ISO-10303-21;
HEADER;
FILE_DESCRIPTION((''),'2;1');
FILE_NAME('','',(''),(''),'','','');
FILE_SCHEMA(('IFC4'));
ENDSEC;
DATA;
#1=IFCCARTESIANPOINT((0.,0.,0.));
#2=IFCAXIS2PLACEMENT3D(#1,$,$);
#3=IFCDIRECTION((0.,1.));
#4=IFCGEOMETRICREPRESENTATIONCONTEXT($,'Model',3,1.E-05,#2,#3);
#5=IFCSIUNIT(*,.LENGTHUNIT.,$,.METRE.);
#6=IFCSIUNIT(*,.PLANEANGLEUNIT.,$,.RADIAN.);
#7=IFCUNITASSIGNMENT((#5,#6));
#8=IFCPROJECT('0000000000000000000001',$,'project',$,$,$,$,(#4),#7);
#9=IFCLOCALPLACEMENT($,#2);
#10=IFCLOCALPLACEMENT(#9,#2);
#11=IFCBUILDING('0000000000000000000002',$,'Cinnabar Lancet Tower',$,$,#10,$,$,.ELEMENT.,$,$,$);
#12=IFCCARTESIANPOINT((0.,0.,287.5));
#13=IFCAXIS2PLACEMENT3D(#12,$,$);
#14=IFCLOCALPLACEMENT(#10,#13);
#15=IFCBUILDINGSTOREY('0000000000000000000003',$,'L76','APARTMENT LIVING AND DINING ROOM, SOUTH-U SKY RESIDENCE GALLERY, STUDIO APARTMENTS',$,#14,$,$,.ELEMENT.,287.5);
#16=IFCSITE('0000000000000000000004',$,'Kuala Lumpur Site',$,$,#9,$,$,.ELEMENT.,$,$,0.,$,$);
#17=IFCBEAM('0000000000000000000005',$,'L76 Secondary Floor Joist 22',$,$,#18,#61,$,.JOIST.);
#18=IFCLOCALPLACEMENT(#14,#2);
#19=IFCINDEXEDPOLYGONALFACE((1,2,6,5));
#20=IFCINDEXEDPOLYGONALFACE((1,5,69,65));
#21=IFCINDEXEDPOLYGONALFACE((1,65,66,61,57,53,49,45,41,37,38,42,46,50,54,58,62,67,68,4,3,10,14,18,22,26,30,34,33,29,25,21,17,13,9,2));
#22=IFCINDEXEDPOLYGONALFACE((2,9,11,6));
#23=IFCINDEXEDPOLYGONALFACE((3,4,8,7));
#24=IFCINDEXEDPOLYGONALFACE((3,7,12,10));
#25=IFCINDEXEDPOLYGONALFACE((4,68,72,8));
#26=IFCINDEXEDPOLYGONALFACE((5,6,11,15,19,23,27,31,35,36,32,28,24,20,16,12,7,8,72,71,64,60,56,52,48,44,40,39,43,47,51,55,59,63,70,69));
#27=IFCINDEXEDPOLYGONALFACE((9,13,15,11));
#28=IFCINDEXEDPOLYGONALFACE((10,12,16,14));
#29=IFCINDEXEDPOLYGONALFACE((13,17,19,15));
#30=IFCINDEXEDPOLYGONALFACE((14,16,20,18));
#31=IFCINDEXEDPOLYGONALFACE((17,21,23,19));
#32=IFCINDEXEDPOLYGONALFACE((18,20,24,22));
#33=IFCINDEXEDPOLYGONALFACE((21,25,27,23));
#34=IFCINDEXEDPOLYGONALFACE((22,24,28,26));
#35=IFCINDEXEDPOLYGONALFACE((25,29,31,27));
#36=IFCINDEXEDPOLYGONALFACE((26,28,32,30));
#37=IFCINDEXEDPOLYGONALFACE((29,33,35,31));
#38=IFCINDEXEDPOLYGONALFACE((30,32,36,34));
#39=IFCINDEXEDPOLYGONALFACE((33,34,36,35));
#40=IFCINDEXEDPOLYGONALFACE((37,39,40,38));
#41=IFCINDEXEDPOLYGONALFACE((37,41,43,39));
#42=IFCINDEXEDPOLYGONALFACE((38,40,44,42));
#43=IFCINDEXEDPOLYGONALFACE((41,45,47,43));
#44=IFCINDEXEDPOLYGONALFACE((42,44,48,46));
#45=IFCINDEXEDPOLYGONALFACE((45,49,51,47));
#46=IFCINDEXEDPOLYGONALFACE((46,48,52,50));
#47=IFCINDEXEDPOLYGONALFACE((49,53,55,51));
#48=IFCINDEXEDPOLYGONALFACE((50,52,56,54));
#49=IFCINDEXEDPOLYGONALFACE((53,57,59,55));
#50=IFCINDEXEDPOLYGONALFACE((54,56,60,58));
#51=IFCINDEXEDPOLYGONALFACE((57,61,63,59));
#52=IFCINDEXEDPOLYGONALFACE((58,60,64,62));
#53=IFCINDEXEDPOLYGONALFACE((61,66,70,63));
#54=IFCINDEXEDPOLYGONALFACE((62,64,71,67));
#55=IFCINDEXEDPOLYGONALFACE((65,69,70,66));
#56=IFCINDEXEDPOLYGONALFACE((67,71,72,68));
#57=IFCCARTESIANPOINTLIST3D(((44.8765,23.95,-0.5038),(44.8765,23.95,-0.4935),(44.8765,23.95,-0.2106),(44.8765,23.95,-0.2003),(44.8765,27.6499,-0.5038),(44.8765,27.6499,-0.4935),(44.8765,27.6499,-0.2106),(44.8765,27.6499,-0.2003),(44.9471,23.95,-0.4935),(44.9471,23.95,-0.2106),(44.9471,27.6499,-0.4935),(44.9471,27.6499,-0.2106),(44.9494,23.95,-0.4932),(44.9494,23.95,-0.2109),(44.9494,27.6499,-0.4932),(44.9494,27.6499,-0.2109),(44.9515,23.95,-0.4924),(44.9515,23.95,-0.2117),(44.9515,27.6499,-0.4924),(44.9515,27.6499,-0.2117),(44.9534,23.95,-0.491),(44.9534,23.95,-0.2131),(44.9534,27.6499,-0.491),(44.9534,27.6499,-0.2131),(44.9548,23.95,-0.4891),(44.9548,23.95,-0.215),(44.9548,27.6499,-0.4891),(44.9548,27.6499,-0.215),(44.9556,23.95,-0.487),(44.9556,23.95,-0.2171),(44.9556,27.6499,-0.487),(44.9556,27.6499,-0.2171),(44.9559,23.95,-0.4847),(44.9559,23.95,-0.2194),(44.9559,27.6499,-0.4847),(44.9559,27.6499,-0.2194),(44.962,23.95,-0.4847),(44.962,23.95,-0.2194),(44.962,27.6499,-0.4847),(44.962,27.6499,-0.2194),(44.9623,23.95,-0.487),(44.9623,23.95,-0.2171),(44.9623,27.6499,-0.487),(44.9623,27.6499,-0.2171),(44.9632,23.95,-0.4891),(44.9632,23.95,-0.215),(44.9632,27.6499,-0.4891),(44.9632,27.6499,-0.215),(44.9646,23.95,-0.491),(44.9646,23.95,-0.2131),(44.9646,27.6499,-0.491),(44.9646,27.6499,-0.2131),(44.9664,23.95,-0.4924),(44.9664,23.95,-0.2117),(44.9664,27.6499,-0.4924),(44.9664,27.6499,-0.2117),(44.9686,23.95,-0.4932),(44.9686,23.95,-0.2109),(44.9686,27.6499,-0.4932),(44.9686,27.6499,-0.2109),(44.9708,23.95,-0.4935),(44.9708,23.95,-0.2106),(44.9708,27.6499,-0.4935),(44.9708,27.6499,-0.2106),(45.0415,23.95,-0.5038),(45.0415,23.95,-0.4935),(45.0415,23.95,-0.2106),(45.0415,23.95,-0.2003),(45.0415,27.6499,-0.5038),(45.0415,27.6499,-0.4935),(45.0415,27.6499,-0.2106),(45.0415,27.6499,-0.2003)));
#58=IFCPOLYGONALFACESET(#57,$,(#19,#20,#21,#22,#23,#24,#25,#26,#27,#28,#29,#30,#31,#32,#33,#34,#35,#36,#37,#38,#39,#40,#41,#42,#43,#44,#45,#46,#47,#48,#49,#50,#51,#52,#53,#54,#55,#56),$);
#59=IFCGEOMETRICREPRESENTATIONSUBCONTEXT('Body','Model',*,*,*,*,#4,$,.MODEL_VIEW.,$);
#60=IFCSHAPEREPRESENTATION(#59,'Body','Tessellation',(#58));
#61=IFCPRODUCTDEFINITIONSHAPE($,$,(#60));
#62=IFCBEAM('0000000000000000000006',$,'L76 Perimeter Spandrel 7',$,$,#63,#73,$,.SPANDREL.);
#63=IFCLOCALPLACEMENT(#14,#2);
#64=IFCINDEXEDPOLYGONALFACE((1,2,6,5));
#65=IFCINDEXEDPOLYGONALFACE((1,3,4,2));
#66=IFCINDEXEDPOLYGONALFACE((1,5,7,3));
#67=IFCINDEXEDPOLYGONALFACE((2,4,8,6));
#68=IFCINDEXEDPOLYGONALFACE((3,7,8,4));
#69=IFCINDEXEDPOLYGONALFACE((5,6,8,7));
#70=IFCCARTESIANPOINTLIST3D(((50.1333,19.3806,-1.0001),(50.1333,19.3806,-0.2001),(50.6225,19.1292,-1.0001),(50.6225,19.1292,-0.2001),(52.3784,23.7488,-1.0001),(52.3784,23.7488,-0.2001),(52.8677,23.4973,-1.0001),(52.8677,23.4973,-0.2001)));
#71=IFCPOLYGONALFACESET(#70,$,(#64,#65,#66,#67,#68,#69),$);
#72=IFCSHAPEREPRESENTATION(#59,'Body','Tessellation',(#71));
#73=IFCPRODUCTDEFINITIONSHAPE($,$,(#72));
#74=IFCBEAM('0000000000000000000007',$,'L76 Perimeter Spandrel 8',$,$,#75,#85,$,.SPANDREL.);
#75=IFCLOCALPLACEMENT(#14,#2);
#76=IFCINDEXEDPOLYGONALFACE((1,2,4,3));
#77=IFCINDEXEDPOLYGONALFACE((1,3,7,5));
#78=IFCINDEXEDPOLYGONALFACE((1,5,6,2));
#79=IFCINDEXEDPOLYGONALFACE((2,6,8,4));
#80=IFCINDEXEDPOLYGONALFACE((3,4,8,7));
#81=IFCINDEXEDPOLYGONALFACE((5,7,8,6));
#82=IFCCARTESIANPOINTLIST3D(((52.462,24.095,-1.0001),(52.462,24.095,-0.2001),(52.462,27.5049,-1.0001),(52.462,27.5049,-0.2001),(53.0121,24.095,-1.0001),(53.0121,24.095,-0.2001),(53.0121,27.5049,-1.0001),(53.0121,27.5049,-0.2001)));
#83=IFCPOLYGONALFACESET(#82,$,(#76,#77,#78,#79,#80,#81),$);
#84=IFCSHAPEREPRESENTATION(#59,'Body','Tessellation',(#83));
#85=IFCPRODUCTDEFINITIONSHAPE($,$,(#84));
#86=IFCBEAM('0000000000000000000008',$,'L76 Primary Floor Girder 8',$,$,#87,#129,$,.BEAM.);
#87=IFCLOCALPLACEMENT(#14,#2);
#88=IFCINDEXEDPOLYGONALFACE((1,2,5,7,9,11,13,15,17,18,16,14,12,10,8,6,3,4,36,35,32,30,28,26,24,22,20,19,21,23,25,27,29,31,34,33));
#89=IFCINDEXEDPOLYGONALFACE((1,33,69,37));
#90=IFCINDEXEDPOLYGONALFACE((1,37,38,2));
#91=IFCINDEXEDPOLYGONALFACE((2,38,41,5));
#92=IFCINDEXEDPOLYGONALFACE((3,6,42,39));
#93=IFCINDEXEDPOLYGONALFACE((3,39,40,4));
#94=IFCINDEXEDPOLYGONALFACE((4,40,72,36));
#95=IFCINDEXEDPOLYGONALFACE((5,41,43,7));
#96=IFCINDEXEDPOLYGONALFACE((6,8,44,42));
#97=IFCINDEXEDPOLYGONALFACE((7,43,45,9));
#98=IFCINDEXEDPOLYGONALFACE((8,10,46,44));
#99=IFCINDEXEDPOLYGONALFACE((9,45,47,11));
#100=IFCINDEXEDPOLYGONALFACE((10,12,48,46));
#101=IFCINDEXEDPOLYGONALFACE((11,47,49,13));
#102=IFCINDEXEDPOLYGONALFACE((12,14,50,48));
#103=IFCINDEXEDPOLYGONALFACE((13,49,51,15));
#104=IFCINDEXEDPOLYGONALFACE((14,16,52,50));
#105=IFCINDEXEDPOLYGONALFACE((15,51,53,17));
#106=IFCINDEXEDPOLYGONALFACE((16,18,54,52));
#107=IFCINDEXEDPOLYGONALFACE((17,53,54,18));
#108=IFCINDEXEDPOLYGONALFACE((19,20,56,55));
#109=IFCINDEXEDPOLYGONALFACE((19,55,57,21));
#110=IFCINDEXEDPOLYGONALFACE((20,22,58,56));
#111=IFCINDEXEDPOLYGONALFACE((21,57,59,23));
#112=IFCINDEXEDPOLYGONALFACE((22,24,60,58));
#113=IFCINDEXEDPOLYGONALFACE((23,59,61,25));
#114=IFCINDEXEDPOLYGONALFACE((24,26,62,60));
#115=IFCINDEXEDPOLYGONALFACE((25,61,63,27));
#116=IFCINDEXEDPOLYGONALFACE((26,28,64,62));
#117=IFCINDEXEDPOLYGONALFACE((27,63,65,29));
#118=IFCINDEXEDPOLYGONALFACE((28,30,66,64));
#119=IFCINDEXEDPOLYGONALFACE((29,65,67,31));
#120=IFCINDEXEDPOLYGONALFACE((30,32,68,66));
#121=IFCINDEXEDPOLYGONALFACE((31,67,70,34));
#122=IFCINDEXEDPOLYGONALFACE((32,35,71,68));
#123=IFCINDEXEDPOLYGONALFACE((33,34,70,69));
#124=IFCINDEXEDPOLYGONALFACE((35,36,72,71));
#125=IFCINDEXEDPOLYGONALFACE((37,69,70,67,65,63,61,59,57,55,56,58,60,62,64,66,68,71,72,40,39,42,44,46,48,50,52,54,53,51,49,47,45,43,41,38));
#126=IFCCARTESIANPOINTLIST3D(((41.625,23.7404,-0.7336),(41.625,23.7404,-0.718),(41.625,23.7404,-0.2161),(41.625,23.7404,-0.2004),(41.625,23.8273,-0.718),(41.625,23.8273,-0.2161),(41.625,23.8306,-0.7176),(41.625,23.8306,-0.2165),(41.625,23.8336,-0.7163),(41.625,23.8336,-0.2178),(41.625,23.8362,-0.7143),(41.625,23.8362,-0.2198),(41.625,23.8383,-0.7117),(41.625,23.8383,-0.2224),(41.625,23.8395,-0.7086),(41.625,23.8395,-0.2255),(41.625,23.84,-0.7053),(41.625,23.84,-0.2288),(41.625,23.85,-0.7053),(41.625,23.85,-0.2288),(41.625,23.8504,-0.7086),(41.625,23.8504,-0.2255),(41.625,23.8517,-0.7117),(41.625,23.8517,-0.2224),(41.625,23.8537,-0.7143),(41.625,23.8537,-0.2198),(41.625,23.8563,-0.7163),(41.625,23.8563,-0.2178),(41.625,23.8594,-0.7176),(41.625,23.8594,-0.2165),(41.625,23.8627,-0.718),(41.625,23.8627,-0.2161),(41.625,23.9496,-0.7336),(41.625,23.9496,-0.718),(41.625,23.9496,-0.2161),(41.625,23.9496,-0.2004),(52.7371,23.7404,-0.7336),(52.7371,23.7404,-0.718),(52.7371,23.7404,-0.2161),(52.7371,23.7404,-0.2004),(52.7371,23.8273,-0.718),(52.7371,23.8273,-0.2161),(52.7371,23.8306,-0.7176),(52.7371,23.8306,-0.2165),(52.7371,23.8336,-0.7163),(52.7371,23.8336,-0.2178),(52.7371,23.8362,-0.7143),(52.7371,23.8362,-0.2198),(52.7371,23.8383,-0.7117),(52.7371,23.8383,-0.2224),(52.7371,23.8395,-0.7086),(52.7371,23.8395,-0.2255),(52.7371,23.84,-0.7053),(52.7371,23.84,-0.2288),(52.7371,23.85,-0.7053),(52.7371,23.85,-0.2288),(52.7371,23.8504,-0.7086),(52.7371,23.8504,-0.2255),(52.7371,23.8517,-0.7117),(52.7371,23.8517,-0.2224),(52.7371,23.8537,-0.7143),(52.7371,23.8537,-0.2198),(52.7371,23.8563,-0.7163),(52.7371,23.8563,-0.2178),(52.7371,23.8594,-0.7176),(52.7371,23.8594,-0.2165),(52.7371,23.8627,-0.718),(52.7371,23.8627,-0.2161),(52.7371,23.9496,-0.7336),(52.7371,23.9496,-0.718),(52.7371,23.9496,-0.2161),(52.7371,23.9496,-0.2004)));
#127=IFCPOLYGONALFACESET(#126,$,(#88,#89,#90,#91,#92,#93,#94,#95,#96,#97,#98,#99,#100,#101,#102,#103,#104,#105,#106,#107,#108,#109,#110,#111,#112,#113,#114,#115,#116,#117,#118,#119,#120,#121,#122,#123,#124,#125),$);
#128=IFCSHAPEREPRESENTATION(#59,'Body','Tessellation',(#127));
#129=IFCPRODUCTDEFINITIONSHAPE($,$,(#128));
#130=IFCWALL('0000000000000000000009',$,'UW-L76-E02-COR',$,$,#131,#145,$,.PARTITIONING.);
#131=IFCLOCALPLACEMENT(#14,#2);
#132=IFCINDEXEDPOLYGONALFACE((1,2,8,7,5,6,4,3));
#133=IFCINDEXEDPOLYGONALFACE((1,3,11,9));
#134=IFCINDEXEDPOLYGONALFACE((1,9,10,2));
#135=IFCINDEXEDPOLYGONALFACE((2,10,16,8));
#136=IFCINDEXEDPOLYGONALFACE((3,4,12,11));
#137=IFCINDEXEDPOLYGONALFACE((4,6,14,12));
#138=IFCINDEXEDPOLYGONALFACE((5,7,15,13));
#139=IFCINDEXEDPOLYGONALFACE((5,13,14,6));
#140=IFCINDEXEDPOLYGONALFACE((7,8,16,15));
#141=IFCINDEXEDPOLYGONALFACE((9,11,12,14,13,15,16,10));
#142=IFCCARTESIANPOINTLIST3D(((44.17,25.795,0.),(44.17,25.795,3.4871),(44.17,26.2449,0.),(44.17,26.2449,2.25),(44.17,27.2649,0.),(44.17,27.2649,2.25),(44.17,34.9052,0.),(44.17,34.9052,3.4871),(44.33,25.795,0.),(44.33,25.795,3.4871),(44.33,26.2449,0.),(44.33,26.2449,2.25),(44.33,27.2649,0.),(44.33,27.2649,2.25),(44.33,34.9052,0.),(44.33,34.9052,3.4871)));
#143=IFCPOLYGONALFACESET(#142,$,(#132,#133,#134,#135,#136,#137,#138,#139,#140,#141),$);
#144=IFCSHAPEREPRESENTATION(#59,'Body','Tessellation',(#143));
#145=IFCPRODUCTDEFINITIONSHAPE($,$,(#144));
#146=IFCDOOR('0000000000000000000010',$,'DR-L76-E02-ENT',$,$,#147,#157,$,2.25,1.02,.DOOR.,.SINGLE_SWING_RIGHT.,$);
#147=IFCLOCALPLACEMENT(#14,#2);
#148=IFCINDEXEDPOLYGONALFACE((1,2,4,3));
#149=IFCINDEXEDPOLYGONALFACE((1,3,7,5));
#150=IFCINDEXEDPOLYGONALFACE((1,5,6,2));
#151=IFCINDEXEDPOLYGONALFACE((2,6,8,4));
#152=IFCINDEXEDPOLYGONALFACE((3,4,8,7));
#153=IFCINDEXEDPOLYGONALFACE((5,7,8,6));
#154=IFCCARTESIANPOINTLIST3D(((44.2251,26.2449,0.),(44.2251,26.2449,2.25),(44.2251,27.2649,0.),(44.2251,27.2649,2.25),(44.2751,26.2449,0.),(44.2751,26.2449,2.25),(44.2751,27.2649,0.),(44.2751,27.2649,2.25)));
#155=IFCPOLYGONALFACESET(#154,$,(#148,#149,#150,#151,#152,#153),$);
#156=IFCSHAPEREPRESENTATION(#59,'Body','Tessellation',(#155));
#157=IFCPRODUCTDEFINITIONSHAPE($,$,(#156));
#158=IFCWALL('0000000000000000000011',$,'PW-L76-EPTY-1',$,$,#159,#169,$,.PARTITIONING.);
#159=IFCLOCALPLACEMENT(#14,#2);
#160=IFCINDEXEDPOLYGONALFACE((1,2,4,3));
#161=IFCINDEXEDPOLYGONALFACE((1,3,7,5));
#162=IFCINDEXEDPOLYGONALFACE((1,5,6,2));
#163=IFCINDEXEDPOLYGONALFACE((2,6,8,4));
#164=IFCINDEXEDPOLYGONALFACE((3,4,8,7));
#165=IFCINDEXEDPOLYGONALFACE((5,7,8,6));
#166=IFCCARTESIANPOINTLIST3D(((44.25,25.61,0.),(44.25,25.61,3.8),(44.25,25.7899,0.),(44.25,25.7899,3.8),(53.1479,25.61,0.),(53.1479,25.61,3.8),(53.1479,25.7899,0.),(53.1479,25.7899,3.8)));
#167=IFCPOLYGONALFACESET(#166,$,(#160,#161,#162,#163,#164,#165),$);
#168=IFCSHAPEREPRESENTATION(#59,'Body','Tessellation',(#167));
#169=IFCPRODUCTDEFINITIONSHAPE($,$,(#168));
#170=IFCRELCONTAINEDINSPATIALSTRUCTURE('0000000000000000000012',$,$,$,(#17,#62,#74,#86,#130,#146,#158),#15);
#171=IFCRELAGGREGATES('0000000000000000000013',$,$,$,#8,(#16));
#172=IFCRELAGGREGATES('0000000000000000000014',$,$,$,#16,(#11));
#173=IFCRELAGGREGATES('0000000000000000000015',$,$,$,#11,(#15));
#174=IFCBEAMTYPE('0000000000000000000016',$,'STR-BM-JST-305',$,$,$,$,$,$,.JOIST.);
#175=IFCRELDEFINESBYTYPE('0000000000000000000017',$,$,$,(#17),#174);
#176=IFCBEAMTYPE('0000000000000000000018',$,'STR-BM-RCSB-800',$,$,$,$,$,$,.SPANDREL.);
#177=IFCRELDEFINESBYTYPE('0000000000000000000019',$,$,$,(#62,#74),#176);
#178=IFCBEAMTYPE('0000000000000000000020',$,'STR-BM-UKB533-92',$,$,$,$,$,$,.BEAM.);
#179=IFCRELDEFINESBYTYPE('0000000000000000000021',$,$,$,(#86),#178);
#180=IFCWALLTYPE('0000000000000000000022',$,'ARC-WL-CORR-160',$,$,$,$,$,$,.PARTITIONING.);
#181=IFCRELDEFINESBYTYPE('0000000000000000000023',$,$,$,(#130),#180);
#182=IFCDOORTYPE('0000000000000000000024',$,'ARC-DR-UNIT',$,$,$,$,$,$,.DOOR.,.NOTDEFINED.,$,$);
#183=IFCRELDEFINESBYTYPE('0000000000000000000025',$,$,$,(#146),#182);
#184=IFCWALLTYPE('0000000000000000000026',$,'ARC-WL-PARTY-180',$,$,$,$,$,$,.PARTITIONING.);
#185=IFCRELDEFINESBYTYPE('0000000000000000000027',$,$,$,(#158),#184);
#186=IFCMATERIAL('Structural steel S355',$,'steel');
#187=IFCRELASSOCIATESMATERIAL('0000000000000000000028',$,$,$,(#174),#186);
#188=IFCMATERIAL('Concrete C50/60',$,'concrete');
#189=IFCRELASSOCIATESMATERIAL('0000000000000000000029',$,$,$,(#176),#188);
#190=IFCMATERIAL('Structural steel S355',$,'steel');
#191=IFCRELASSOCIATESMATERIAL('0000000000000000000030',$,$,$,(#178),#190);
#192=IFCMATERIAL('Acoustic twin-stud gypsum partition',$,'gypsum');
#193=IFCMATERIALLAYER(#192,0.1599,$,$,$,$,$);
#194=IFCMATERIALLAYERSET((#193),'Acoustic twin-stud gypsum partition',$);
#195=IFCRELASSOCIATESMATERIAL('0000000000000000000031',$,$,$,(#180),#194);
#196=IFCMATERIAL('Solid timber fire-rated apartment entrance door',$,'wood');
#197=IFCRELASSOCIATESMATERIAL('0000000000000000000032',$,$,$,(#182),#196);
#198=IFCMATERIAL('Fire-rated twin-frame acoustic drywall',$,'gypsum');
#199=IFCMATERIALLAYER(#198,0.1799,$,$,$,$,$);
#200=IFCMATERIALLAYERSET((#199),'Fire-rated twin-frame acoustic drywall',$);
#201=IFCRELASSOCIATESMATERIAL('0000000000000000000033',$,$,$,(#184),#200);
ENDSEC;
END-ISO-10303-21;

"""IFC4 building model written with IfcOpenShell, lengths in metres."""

from ifc_helpers import new_model, si_unit, direction, frame, frame_2d, origin, origin_2d, place, context, subcontext, project, spatial, rectangle, i_section, extrude, material, layer, layer_set, material_profile, profile_set, type_object, element, fill, save


model = new_model("IFC4")

# Units and contexts
model_context = context("Model", 3, precision=1e-05, world=origin(), true_north=direction((0.0, 1.0)))
body_context = subcontext(model_context, "Body", "Model", "MODEL_VIEW")
ifc_project = project(units=[si_unit("LENGTHUNIT", "METRE"), si_unit("PLANEANGLEUNIT", "RADIAN")], contexts=[model_context])

# Site, building, storey
site_placement = place(None, origin())
site = spatial("IfcSite", under=ifc_project, at=site_placement, Name="Kuala Lumpur Site", CompositionType="ELEMENT", RefElevation=0.0)
building_placement = place(site_placement, origin())
building = spatial("IfcBuilding", under=site, at=building_placement, Name="Cinnabar Lancet Tower", CompositionType="ELEMENT")
storey_placement = place(building_placement, frame((0.0, 0.0, 287.5)))
storey = spatial("IfcBuildingStorey", under=building, at=storey_placement, Name="L76", Description="APARTMENT LIVING AND DINING ROOM, SOUTH-U SKY RESIDENCE GALLERY, STUDIO APARTMENTS", CompositionType="ELEMENT", Elevation=287.5)

# Beams
ifc_material_1 = material(Name="Structural steel S355", Category="steel")
ifc_material_profile_1 = material_profile(ifc_material_1, i_section(OverallWidth=0.165, OverallDepth=0.3035, WebThickness=0.0061, FlangeThickness=0.0103, FilletRadius=0.0088, at=origin_2d()), Name="UKB 305x165x40")
ifc_profile_set_1 = profile_set([ifc_material_profile_1], Name="Structural steel S355")
beam_type_1 = type_object("IfcBeamType", Name="STR-BM-JST-305", PredefinedType="JOIST", material=ifc_profile_set_1)
for number, where, z_axis, x_axis, name in (
    (1, (44.959, 23.95, -0.3521), (0.0, 1.0, 0.0), (-1.0, 0.0, 0.0), "L76 Secondary Floor Joist 22"),
):
    element("IfcBeam", number, at=place(storey_placement, frame(where, z_axis=z_axis, x_axis=x_axis)), inside=storey, type_object=beam_type_1, Name=name, PredefinedType="JOIST", context=body_context, shape_type="SweptSolid", body=[
        extrude(i_section(OverallWidth=0.165, OverallDepth=0.3035, WebThickness=0.0061, FlangeThickness=0.0103, FilletRadius=0.0088, at=origin_2d()), origin(), (0.0, 0.0, 1.0), 3.7),
    ])
ifc_material_2 = material(Name="Concrete C50/60", Category="concrete")
ifc_material_profile_2 = material_profile(ifc_material_2, rectangle(XDim=0.55, YDim=0.8, at=origin_2d()), Name="RC-SB 550x800")
ifc_profile_set_2 = profile_set([ifc_material_profile_2], Name="Concrete C50/60")
beam_type_2 = type_object("IfcBeamType", Name="STR-BM-RCSB-800", PredefinedType="SPANDREL", material=ifc_profile_set_2)
beam_1_placement = place(storey_placement, frame((50.3779, 19.2549, -0.6001), z_axis=(0.457128, 0.889401, 0.0), x_axis=(-0.889401, 0.457128, 0.0)))
element("IfcBeam", 2, at=beam_1_placement, inside=storey, type_object=beam_type_2, Name="L76 Perimeter Spandrel 7", PredefinedType="SPANDREL", context=body_context, shape_type="SweptSolid", body=[
    extrude(rectangle(XDim=0.55, YDim=0.8, at=origin_2d()), origin(), (0.0, 0.0, 1.0), 4.9114),
])
beam_2_placement = place(storey_placement, frame((52.7371, 24.095, -0.6001), z_axis=(0.0, 1.0, 0.0), x_axis=(-1.0, 0.0, 0.0)))
element("IfcBeam", 3, at=beam_2_placement, inside=storey, type_object=beam_type_2, Name="L76 Perimeter Spandrel 8", PredefinedType="SPANDREL", context=body_context, shape_type="SweptSolid", body=[
    extrude(rectangle(XDim=0.55, YDim=0.8, at=origin_2d()), origin(), (0.0, 0.0, 1.0), 3.4099),
])
ifc_material_3 = material(Name="Structural steel S355", Category="steel")
ifc_material_profile_3 = material_profile(ifc_material_3, i_section(OverallWidth=0.2092, OverallDepth=0.5332, WebThickness=0.01, FlangeThickness=0.0156, FilletRadius=0.0127, at=origin_2d()), Name="UKB 533x210x92")
ifc_profile_set_3 = profile_set([ifc_material_profile_3], Name="Structural steel S355")
beam_type_3 = type_object("IfcBeamType", Name="STR-BM-UKB533-92", PredefinedType="BEAM", material=ifc_profile_set_3)
beam_3_placement = place(storey_placement, frame((52.7371, 23.845, -0.467), z_axis=(-1.0, 0.0, 0.0), x_axis=(0.0, -1.0, 0.0)))
element("IfcBeam", 4, at=beam_3_placement, inside=storey, type_object=beam_type_3, Name="L76 Primary Floor Girder 8", PredefinedType="BEAM", context=body_context, shape_type="SweptSolid", body=[
    extrude(i_section(OverallWidth=0.2092, OverallDepth=0.5332, WebThickness=0.01, FlangeThickness=0.0156, FilletRadius=0.0127, at=origin_2d()), origin(), (0.0, 0.0, 1.0), 11.1121),
])

# Wall, opening, door
ifc_material_4 = material(Name="Acoustic twin-stud gypsum partition", Category="gypsum")
ifc_layer_1 = layer(ifc_material_4, 0.1599)
ifc_layer_set_1 = layer_set([ifc_layer_1], Name="Acoustic twin-stud gypsum partition")
wall_type_1 = type_object("IfcWallType", Name="ARC-WL-CORR-160", PredefinedType="PARTITIONING", material=ifc_layer_set_1)
wall_1_placement = place(storey_placement, frame((44.25, 25.7949, 0.0), z_axis=(0.0, 0.0, 1.0), x_axis=(0.0, 1.0, 0.0)))
wall_1 = element("IfcWall", 5, at=wall_1_placement, inside=storey, type_object=wall_type_1, Name="UW-L76-E02-COR", PredefinedType="PARTITIONING", context=body_context, shape_type="SweptSolid", body=[
    extrude(rectangle(XDim=9.1101, YDim=0.1599, at=frame_2d((4.5552, 0.0))), origin(), (0.0, 0.0, 1.0), 3.4871),
])
opening_1_placement = place(wall_1_placement, frame((0.45, 0.0, 0.0)))
opening_1 = element("IfcOpeningElement", 6, at=opening_1_placement, cuts=wall_1, PredefinedType="OPENING", context=body_context, shape_type="SweptSolid", body=[
    extrude(rectangle(XDim=1.02, YDim=2.25, at=frame_2d((0.51, 1.125))), frame((0.0, 0.0898, 0.0), z_axis=(0.0, -1.0, 0.0), x_axis=(1.0, 0.0, 0.0)), (0.0, 0.0, 1.0), 0.1799),
])
ifc_material_5 = material(Name="Solid timber fire-rated apartment entrance door", Category="wood")
door_type_1 = type_object("IfcDoorType", Name="ARC-DR-UNIT", OperationType="NOTDEFINED", PredefinedType="DOOR", material=ifc_material_5)
door_1_placement = place(opening_1_placement, origin())
door_1 = element("IfcDoor", 7, at=door_1_placement, inside=storey, type_object=door_type_1, Name="DR-L76-E02-ENT", OperationType="SINGLE_SWING_RIGHT", OverallHeight=2.25, OverallWidth=1.02, PredefinedType="DOOR", context=body_context, shape_type="SweptSolid", body=[
    extrude(rectangle(XDim=1.02, YDim=2.25, at=frame_2d((0.51, 1.125))), frame((0.0, 0.0249, 0.0), z_axis=(0.0, -1.0, 0.0), x_axis=(1.0, 0.0, 0.0)), (0.0, 0.0, 1.0), 0.05),
])
fill(opening_1, door_1)

# Wall
ifc_material_6 = material(Name="Fire-rated twin-frame acoustic drywall", Category="gypsum")
ifc_layer_2 = layer(ifc_material_6, 0.1799)
ifc_layer_set_2 = layer_set([ifc_layer_2], Name="Fire-rated twin-frame acoustic drywall")
wall_type_2 = type_object("IfcWallType", Name="ARC-WL-PARTY-180", PredefinedType="PARTITIONING", material=ifc_layer_set_2)
wall_2_placement = place(storey_placement, frame((44.25, 25.7, 0.0), z_axis=(0.0, 0.0, 1.0), x_axis=(1.0, 0.0, 0.0)))
element("IfcWall", 8, at=wall_2_placement, inside=storey, type_object=wall_type_2, Name="PW-L76-EPTY-1", PredefinedType="PARTITIONING", context=body_context, shape_type="SweptSolid", body=[
    extrude(rectangle(XDim=8.8979, YDim=0.1799, at=frame_2d((4.449, 0.0))), origin(), (0.0, 0.0, 1.0), 3.8),
])

save(model, "model.ifc")
